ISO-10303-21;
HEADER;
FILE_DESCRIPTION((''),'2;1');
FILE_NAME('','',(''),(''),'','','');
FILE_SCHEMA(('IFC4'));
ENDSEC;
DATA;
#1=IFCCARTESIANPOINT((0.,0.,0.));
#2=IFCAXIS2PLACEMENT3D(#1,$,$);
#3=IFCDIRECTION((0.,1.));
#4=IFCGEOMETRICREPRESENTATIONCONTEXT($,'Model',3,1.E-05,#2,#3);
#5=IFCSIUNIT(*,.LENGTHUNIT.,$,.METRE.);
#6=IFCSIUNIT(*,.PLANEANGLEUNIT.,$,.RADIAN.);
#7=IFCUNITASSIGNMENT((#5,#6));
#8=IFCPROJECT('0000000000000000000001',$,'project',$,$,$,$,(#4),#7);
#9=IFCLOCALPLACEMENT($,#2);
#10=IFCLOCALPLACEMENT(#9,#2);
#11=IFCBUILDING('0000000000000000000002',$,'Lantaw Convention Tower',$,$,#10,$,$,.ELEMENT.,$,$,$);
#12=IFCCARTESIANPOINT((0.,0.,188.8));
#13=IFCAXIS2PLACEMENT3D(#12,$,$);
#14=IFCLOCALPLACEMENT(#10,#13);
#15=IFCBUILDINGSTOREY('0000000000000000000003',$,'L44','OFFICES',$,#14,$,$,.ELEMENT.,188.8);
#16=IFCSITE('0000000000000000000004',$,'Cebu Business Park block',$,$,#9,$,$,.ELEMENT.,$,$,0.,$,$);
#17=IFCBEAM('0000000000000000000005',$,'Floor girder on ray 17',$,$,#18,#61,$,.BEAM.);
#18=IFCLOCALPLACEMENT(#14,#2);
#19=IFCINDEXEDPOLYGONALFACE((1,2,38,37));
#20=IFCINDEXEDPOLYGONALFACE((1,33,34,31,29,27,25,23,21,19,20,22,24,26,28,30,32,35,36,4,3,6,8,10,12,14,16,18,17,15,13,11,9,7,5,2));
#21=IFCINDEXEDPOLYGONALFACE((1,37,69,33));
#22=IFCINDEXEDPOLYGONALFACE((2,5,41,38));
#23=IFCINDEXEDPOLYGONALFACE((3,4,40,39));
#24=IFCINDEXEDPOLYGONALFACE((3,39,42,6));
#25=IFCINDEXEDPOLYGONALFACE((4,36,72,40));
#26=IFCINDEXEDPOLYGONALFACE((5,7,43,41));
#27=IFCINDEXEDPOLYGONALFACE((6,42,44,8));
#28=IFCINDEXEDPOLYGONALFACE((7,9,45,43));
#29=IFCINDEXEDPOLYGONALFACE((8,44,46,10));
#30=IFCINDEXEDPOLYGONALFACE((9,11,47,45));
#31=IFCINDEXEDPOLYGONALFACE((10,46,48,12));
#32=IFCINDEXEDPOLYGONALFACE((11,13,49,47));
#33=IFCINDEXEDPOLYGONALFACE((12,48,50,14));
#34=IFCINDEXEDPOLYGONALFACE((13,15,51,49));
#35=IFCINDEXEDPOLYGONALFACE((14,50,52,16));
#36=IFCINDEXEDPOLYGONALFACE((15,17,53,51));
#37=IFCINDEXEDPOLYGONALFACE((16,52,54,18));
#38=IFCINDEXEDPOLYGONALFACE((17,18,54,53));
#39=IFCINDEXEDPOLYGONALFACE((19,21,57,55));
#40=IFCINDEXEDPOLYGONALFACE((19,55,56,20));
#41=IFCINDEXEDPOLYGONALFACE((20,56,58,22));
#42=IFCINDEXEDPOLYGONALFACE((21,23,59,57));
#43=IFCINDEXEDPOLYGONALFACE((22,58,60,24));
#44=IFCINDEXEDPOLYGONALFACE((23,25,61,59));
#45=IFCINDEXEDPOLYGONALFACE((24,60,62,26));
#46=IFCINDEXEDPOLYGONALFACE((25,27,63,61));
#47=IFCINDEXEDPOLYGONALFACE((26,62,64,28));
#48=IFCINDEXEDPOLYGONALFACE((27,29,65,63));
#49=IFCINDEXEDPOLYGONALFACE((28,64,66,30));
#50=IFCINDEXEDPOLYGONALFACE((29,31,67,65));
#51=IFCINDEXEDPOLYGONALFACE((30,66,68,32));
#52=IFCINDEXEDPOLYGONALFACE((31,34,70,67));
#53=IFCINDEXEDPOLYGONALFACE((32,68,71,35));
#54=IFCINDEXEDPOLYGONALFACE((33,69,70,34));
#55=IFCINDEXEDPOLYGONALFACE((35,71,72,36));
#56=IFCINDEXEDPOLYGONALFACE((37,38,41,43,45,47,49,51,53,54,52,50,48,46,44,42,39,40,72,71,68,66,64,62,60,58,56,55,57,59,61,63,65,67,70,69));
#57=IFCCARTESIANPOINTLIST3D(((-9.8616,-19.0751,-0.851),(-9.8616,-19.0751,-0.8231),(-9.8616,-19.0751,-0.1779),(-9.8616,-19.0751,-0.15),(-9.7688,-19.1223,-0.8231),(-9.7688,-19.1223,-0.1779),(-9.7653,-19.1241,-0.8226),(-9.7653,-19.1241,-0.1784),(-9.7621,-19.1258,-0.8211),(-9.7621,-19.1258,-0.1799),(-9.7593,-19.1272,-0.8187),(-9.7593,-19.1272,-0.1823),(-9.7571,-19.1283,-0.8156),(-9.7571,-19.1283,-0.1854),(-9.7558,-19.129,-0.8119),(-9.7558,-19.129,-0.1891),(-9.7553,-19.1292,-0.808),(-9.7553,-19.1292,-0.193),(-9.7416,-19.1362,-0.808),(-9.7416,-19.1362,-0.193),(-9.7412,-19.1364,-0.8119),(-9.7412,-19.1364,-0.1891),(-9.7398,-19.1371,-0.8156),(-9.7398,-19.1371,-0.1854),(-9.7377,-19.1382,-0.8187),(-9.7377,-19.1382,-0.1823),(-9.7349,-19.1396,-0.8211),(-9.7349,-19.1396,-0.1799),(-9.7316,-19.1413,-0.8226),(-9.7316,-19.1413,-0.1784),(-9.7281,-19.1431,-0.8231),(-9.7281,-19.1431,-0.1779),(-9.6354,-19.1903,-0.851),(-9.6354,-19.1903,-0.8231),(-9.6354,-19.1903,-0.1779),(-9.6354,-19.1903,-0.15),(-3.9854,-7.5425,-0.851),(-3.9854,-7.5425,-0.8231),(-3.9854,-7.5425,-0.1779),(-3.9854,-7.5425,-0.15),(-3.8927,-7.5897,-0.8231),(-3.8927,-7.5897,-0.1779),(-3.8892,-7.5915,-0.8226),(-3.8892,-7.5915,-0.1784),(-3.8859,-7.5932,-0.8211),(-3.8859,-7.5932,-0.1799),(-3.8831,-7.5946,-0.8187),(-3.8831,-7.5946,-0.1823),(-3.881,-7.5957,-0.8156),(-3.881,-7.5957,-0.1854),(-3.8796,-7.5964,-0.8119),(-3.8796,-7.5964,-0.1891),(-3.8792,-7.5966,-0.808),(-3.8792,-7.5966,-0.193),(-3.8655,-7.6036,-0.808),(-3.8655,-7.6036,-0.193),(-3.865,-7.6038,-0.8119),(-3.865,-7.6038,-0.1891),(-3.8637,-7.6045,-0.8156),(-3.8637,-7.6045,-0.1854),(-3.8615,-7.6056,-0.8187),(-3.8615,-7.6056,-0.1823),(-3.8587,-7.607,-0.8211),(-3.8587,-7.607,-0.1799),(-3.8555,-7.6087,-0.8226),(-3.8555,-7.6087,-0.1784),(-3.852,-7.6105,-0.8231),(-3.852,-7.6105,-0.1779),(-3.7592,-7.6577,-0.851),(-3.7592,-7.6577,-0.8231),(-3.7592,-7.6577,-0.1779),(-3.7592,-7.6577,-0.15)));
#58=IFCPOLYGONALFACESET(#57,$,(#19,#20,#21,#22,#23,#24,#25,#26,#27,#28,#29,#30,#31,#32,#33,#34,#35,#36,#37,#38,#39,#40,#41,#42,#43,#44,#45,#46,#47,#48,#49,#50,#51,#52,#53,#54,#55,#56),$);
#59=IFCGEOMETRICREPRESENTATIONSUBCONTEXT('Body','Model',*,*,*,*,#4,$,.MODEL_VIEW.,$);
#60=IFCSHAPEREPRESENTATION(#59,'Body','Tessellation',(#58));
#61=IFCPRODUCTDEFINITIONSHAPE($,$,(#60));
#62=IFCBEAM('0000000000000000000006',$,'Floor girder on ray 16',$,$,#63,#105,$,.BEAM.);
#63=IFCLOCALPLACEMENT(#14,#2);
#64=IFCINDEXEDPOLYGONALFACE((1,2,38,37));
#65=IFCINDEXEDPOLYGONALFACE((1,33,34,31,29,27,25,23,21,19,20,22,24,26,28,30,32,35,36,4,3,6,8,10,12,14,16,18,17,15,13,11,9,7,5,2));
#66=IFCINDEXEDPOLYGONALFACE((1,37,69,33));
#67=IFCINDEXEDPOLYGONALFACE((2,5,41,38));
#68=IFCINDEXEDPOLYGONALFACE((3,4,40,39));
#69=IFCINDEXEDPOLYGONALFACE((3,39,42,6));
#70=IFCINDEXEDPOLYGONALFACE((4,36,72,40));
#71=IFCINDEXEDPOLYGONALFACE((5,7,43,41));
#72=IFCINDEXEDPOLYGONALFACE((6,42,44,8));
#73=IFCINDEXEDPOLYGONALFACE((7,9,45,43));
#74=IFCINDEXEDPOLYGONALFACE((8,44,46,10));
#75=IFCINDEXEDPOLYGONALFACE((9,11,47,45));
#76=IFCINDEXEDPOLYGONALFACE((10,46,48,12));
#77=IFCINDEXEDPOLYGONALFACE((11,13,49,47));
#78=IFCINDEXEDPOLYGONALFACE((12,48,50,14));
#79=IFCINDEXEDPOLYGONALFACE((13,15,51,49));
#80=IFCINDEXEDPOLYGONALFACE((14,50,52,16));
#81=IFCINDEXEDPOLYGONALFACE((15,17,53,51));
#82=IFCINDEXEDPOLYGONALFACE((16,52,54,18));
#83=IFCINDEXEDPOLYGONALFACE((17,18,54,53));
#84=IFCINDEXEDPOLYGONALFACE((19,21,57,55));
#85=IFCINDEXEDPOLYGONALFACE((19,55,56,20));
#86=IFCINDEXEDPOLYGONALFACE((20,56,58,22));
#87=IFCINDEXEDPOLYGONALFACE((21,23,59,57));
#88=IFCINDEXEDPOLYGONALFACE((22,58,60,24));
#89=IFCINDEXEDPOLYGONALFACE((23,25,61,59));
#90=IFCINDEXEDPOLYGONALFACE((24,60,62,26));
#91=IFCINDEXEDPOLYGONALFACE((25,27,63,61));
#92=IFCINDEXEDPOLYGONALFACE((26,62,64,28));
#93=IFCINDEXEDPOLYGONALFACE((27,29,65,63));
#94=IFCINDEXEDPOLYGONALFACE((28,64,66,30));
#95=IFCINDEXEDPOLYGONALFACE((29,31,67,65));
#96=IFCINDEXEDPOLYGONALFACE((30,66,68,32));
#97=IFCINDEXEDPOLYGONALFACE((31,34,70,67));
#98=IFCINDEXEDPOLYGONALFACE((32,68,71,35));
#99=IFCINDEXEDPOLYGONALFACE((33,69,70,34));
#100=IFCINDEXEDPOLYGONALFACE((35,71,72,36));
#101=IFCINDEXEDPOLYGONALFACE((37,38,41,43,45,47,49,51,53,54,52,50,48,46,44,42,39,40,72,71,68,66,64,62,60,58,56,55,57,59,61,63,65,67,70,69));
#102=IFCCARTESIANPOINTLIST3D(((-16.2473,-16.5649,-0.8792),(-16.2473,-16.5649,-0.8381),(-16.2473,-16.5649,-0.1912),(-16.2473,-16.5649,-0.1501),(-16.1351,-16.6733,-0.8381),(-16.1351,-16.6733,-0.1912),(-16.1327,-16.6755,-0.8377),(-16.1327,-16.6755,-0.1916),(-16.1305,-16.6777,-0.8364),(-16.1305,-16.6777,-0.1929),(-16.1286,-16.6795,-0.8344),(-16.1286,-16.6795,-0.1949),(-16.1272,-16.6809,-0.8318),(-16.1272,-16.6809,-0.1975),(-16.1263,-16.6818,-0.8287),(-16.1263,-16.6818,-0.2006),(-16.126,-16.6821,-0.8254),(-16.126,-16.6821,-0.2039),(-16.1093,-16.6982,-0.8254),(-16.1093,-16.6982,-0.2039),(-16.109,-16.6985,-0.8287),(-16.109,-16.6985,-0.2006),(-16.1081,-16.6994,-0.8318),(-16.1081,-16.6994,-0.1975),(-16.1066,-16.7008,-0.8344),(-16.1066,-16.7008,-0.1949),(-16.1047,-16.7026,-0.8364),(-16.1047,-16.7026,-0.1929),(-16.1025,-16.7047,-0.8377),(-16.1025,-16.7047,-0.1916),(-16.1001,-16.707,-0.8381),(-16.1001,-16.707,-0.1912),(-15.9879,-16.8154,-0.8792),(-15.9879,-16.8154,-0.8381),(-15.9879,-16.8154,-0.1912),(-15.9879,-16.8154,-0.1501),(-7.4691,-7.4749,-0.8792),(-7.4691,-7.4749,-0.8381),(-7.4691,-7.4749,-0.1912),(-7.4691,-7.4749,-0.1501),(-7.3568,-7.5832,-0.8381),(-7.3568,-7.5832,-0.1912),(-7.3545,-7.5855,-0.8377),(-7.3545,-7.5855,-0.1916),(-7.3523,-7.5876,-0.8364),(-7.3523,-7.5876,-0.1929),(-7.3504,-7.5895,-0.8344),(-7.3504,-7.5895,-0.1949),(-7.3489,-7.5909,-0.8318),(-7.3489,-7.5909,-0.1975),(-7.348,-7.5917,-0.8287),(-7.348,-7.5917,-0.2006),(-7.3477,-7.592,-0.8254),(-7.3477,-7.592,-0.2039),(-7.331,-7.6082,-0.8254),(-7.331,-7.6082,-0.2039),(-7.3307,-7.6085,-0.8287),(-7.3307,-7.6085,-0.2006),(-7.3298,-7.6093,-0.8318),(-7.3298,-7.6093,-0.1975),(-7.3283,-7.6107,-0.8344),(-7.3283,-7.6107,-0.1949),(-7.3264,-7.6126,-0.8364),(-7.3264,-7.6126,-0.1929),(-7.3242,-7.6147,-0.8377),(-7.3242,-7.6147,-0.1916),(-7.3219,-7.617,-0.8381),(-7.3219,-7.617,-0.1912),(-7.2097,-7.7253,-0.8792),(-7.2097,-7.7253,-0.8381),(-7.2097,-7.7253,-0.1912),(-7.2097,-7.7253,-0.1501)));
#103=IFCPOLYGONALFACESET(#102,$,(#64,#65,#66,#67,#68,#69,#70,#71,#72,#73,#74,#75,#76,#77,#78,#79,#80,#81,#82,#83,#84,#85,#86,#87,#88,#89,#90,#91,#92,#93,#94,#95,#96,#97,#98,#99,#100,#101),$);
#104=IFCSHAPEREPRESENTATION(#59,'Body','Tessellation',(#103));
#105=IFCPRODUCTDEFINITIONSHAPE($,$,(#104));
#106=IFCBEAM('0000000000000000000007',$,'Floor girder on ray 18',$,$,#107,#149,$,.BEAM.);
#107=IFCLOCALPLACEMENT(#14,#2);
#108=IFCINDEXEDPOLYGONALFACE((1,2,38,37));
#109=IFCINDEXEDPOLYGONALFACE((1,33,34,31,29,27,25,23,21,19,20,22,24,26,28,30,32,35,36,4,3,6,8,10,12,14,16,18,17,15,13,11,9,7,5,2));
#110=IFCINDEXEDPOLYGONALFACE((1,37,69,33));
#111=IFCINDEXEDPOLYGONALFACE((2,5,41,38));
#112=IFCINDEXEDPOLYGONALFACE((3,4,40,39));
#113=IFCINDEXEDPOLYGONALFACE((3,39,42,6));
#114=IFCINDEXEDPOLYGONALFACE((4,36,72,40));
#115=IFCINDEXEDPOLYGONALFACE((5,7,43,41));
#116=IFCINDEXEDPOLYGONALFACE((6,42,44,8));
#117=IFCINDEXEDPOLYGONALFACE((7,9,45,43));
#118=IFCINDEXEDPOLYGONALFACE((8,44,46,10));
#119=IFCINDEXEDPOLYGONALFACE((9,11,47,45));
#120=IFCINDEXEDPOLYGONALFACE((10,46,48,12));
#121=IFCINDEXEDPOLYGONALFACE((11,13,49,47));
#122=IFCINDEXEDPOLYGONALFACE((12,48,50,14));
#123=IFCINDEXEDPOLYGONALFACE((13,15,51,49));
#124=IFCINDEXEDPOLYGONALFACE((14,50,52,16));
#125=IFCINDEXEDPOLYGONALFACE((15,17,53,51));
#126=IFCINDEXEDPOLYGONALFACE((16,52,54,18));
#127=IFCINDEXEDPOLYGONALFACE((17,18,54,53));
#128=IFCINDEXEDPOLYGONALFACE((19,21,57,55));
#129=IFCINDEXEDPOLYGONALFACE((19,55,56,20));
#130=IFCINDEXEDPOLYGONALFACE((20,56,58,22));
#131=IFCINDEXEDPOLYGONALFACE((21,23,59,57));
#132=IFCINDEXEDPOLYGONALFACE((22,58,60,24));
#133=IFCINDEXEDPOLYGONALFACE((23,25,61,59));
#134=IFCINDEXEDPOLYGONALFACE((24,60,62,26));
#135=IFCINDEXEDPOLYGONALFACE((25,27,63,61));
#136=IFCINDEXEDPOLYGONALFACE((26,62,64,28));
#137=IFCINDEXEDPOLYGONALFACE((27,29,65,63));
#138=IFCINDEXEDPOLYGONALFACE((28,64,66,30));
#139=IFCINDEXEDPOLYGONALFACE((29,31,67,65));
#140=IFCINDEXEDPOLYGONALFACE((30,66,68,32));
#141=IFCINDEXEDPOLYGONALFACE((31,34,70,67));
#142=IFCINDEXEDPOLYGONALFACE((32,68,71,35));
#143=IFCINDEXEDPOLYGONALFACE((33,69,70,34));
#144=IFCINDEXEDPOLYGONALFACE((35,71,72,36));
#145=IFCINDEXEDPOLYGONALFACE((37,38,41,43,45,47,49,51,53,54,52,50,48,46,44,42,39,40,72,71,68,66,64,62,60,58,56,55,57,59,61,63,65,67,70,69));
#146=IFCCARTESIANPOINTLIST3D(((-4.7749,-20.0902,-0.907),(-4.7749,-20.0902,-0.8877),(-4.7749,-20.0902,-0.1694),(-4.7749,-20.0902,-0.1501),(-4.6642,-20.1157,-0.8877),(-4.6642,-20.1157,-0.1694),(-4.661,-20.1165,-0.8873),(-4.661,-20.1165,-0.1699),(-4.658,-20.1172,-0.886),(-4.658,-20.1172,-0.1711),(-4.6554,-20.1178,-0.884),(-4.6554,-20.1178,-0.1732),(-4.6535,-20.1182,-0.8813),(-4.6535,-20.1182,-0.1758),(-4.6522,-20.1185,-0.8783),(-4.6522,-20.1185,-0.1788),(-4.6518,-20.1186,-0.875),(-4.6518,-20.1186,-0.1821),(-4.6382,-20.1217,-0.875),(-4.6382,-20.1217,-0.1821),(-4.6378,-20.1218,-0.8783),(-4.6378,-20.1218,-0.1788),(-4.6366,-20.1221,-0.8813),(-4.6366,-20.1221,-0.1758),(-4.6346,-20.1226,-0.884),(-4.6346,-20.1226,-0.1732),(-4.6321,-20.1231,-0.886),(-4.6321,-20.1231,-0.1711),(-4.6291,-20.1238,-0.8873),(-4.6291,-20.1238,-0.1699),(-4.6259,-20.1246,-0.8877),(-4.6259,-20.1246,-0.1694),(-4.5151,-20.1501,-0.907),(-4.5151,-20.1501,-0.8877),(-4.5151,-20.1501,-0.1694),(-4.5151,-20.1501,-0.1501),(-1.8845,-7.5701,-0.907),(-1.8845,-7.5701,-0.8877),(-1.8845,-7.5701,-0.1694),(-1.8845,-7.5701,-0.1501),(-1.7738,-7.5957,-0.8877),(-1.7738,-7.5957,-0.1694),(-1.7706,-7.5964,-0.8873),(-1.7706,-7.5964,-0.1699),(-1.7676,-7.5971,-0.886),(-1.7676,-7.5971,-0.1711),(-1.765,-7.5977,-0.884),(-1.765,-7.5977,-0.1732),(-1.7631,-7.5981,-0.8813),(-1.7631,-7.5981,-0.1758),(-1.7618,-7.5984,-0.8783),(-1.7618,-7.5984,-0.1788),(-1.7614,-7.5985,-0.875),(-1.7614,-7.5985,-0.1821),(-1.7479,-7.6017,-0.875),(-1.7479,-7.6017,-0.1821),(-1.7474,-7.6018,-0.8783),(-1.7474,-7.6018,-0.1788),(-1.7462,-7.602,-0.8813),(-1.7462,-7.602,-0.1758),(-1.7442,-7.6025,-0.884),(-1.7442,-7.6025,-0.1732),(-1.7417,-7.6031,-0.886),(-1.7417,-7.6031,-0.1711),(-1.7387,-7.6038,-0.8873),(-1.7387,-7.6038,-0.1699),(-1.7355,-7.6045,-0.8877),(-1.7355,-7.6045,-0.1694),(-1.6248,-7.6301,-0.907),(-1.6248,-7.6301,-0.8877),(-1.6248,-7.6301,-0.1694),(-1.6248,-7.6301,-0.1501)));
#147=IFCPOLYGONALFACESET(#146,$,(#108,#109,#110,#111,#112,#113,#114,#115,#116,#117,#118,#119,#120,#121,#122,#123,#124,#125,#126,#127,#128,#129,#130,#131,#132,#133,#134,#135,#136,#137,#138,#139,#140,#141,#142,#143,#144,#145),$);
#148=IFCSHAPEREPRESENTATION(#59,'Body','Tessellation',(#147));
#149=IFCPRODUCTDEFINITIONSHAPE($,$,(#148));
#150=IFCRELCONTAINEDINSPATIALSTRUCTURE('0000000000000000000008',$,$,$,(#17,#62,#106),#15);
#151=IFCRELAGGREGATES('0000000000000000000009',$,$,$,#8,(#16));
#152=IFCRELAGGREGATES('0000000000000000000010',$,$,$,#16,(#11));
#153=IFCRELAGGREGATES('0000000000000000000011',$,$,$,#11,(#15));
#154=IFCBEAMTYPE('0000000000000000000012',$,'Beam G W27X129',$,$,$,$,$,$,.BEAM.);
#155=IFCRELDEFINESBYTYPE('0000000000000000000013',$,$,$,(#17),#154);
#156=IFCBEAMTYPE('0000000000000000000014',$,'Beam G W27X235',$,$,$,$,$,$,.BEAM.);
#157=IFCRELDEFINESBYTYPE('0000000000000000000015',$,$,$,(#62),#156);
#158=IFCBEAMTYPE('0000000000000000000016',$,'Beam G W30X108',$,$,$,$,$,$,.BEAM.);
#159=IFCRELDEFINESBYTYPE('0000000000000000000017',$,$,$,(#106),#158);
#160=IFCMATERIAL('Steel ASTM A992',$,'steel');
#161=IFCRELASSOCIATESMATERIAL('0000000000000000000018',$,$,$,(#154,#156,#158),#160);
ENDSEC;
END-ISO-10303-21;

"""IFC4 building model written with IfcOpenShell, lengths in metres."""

from ifc_helpers import new_model, si_unit, direction, frame, origin, origin_2d, place, context, subcontext, project, spatial, i_section, extrude, material, material_profile, profile_set, type_object, element, save


model = new_model("IFC4")

# Units and contexts
model_context = context("Model", 3, precision=1e-05, world=origin(), true_north=direction((0.0, 1.0)))
body_context = subcontext(model_context, "Body", "Model", "MODEL_VIEW")
ifc_project = project(units=[si_unit("LENGTHUNIT", "METRE"), si_unit("PLANEANGLEUNIT", "RADIAN")], contexts=[model_context])

# Site, building, storey
site_placement = place(None, origin())
site = spatial("IfcSite", under=ifc_project, at=site_placement, Name="Cebu Business Park block", CompositionType="ELEMENT", RefElevation=0.0)
building_placement = place(site_placement, origin())
building = spatial("IfcBuilding", under=site, at=building_placement, Name="Lantaw Convention Tower", CompositionType="ELEMENT")
storey_placement = place(building_placement, frame((0.0, 0.0, 188.8)))
storey = spatial("IfcBuildingStorey", under=building, at=storey_placement, Name="L44", Description="OFFICES", CompositionType="ELEMENT", Elevation=188.8)

# Beams
ifc_material_1 = material(Name="Steel ASTM A992", Category="steel")
ifc_material_profile_1 = material_profile(ifc_material_1, i_section(OverallWidth=0.2539, OverallDepth=0.7009, WebThickness=0.0154, FlangeThickness=0.0278, FilletRadius=0.0151, at=origin_2d()), Name="W27X129")
ifc_profile_set_1 = profile_set([ifc_material_profile_1], Name="Steel ASTM A992")
beam_type_1 = type_object("IfcBeamType", Name="Beam G W27X129", PredefinedType="BEAM", material=ifc_profile_set_1)
beam_1_placement = place(storey_placement, frame((-3.8723, -7.6001, -0.5005), z_axis=(-0.453991, -0.891006, 0.0), x_axis=(0.891006, -0.453991, 0.0)))
element("IfcBeam", 1, at=beam_1_placement, inside=storey, type_object=beam_type_1, Name="Floor girder on ray 17", PredefinedType="BEAM", context=body_context, shape_type="SweptSolid", body=[
    extrude(i_section(OverallWidth=0.2539, OverallDepth=0.7009, WebThickness=0.0154, FlangeThickness=0.0278, FilletRadius=0.0151, at=origin_2d()), origin(), (0.0, 0.0, 1.0), 12.9434),
])
ifc_material_profile_2 = material_profile(ifc_material_1, i_section(OverallWidth=0.3606, OverallDepth=0.729, WebThickness=0.0232, FlangeThickness=0.041, FilletRadius=0.0127, at=origin_2d()), Name="W27X235")
ifc_profile_set_2 = profile_set([ifc_material_profile_2], Name="Steel ASTM A992")
beam_type_2 = type_object("IfcBeamType", Name="Beam G W27X235", PredefinedType="BEAM", material=ifc_profile_set_2)
beam_2_placement = place(storey_placement, frame((-7.3394, -7.6001, -0.5146), z_axis=(-0.694663, -0.719335, 0.0), x_axis=(0.719335, -0.694663, 0.0)))
element("IfcBeam", 2, at=beam_2_placement, inside=storey, type_object=beam_type_2, Name="Floor girder on ray 16", PredefinedType="BEAM", context=body_context, shape_type="SweptSolid", body=[
    extrude(i_section(OverallWidth=0.3606, OverallDepth=0.729, WebThickness=0.0232, FlangeThickness=0.041, FilletRadius=0.0127, at=origin_2d()), origin(), (0.0, 0.0, 1.0), 12.6367),
])
ifc_material_profile_3 = material_profile(ifc_material_1, i_section(OverallWidth=0.2666, OverallDepth=0.7568, WebThickness=0.0139, FlangeThickness=0.0193, FilletRadius=0.0127, at=origin_2d()), Name="W30X108")
ifc_profile_set_3 = profile_set([ifc_material_profile_3], Name="Steel ASTM A992")
beam_type_3 = type_object("IfcBeamType", Name="Beam G W30X108", PredefinedType="BEAM", material=ifc_profile_set_3)
beam_3_placement = place(storey_placement, frame((-1.7546, -7.6001, -0.5286), z_axis=(-0.224944, -0.974372, 0.0), x_axis=(0.974372, -0.224944, 0.0)))
element("IfcBeam", 3, at=beam_3_placement, inside=storey, type_object=beam_type_3, Name="Floor girder on ray 18", PredefinedType="BEAM", context=body_context, shape_type="SweptSolid", body=[
    extrude(i_section(OverallWidth=0.2666, OverallDepth=0.7568, WebThickness=0.0139, FlangeThickness=0.0193, FilletRadius=0.0127, at=origin_2d()), origin(), (0.0, 0.0, 1.0), 12.8494),
])

save(model, "model.ifc")
